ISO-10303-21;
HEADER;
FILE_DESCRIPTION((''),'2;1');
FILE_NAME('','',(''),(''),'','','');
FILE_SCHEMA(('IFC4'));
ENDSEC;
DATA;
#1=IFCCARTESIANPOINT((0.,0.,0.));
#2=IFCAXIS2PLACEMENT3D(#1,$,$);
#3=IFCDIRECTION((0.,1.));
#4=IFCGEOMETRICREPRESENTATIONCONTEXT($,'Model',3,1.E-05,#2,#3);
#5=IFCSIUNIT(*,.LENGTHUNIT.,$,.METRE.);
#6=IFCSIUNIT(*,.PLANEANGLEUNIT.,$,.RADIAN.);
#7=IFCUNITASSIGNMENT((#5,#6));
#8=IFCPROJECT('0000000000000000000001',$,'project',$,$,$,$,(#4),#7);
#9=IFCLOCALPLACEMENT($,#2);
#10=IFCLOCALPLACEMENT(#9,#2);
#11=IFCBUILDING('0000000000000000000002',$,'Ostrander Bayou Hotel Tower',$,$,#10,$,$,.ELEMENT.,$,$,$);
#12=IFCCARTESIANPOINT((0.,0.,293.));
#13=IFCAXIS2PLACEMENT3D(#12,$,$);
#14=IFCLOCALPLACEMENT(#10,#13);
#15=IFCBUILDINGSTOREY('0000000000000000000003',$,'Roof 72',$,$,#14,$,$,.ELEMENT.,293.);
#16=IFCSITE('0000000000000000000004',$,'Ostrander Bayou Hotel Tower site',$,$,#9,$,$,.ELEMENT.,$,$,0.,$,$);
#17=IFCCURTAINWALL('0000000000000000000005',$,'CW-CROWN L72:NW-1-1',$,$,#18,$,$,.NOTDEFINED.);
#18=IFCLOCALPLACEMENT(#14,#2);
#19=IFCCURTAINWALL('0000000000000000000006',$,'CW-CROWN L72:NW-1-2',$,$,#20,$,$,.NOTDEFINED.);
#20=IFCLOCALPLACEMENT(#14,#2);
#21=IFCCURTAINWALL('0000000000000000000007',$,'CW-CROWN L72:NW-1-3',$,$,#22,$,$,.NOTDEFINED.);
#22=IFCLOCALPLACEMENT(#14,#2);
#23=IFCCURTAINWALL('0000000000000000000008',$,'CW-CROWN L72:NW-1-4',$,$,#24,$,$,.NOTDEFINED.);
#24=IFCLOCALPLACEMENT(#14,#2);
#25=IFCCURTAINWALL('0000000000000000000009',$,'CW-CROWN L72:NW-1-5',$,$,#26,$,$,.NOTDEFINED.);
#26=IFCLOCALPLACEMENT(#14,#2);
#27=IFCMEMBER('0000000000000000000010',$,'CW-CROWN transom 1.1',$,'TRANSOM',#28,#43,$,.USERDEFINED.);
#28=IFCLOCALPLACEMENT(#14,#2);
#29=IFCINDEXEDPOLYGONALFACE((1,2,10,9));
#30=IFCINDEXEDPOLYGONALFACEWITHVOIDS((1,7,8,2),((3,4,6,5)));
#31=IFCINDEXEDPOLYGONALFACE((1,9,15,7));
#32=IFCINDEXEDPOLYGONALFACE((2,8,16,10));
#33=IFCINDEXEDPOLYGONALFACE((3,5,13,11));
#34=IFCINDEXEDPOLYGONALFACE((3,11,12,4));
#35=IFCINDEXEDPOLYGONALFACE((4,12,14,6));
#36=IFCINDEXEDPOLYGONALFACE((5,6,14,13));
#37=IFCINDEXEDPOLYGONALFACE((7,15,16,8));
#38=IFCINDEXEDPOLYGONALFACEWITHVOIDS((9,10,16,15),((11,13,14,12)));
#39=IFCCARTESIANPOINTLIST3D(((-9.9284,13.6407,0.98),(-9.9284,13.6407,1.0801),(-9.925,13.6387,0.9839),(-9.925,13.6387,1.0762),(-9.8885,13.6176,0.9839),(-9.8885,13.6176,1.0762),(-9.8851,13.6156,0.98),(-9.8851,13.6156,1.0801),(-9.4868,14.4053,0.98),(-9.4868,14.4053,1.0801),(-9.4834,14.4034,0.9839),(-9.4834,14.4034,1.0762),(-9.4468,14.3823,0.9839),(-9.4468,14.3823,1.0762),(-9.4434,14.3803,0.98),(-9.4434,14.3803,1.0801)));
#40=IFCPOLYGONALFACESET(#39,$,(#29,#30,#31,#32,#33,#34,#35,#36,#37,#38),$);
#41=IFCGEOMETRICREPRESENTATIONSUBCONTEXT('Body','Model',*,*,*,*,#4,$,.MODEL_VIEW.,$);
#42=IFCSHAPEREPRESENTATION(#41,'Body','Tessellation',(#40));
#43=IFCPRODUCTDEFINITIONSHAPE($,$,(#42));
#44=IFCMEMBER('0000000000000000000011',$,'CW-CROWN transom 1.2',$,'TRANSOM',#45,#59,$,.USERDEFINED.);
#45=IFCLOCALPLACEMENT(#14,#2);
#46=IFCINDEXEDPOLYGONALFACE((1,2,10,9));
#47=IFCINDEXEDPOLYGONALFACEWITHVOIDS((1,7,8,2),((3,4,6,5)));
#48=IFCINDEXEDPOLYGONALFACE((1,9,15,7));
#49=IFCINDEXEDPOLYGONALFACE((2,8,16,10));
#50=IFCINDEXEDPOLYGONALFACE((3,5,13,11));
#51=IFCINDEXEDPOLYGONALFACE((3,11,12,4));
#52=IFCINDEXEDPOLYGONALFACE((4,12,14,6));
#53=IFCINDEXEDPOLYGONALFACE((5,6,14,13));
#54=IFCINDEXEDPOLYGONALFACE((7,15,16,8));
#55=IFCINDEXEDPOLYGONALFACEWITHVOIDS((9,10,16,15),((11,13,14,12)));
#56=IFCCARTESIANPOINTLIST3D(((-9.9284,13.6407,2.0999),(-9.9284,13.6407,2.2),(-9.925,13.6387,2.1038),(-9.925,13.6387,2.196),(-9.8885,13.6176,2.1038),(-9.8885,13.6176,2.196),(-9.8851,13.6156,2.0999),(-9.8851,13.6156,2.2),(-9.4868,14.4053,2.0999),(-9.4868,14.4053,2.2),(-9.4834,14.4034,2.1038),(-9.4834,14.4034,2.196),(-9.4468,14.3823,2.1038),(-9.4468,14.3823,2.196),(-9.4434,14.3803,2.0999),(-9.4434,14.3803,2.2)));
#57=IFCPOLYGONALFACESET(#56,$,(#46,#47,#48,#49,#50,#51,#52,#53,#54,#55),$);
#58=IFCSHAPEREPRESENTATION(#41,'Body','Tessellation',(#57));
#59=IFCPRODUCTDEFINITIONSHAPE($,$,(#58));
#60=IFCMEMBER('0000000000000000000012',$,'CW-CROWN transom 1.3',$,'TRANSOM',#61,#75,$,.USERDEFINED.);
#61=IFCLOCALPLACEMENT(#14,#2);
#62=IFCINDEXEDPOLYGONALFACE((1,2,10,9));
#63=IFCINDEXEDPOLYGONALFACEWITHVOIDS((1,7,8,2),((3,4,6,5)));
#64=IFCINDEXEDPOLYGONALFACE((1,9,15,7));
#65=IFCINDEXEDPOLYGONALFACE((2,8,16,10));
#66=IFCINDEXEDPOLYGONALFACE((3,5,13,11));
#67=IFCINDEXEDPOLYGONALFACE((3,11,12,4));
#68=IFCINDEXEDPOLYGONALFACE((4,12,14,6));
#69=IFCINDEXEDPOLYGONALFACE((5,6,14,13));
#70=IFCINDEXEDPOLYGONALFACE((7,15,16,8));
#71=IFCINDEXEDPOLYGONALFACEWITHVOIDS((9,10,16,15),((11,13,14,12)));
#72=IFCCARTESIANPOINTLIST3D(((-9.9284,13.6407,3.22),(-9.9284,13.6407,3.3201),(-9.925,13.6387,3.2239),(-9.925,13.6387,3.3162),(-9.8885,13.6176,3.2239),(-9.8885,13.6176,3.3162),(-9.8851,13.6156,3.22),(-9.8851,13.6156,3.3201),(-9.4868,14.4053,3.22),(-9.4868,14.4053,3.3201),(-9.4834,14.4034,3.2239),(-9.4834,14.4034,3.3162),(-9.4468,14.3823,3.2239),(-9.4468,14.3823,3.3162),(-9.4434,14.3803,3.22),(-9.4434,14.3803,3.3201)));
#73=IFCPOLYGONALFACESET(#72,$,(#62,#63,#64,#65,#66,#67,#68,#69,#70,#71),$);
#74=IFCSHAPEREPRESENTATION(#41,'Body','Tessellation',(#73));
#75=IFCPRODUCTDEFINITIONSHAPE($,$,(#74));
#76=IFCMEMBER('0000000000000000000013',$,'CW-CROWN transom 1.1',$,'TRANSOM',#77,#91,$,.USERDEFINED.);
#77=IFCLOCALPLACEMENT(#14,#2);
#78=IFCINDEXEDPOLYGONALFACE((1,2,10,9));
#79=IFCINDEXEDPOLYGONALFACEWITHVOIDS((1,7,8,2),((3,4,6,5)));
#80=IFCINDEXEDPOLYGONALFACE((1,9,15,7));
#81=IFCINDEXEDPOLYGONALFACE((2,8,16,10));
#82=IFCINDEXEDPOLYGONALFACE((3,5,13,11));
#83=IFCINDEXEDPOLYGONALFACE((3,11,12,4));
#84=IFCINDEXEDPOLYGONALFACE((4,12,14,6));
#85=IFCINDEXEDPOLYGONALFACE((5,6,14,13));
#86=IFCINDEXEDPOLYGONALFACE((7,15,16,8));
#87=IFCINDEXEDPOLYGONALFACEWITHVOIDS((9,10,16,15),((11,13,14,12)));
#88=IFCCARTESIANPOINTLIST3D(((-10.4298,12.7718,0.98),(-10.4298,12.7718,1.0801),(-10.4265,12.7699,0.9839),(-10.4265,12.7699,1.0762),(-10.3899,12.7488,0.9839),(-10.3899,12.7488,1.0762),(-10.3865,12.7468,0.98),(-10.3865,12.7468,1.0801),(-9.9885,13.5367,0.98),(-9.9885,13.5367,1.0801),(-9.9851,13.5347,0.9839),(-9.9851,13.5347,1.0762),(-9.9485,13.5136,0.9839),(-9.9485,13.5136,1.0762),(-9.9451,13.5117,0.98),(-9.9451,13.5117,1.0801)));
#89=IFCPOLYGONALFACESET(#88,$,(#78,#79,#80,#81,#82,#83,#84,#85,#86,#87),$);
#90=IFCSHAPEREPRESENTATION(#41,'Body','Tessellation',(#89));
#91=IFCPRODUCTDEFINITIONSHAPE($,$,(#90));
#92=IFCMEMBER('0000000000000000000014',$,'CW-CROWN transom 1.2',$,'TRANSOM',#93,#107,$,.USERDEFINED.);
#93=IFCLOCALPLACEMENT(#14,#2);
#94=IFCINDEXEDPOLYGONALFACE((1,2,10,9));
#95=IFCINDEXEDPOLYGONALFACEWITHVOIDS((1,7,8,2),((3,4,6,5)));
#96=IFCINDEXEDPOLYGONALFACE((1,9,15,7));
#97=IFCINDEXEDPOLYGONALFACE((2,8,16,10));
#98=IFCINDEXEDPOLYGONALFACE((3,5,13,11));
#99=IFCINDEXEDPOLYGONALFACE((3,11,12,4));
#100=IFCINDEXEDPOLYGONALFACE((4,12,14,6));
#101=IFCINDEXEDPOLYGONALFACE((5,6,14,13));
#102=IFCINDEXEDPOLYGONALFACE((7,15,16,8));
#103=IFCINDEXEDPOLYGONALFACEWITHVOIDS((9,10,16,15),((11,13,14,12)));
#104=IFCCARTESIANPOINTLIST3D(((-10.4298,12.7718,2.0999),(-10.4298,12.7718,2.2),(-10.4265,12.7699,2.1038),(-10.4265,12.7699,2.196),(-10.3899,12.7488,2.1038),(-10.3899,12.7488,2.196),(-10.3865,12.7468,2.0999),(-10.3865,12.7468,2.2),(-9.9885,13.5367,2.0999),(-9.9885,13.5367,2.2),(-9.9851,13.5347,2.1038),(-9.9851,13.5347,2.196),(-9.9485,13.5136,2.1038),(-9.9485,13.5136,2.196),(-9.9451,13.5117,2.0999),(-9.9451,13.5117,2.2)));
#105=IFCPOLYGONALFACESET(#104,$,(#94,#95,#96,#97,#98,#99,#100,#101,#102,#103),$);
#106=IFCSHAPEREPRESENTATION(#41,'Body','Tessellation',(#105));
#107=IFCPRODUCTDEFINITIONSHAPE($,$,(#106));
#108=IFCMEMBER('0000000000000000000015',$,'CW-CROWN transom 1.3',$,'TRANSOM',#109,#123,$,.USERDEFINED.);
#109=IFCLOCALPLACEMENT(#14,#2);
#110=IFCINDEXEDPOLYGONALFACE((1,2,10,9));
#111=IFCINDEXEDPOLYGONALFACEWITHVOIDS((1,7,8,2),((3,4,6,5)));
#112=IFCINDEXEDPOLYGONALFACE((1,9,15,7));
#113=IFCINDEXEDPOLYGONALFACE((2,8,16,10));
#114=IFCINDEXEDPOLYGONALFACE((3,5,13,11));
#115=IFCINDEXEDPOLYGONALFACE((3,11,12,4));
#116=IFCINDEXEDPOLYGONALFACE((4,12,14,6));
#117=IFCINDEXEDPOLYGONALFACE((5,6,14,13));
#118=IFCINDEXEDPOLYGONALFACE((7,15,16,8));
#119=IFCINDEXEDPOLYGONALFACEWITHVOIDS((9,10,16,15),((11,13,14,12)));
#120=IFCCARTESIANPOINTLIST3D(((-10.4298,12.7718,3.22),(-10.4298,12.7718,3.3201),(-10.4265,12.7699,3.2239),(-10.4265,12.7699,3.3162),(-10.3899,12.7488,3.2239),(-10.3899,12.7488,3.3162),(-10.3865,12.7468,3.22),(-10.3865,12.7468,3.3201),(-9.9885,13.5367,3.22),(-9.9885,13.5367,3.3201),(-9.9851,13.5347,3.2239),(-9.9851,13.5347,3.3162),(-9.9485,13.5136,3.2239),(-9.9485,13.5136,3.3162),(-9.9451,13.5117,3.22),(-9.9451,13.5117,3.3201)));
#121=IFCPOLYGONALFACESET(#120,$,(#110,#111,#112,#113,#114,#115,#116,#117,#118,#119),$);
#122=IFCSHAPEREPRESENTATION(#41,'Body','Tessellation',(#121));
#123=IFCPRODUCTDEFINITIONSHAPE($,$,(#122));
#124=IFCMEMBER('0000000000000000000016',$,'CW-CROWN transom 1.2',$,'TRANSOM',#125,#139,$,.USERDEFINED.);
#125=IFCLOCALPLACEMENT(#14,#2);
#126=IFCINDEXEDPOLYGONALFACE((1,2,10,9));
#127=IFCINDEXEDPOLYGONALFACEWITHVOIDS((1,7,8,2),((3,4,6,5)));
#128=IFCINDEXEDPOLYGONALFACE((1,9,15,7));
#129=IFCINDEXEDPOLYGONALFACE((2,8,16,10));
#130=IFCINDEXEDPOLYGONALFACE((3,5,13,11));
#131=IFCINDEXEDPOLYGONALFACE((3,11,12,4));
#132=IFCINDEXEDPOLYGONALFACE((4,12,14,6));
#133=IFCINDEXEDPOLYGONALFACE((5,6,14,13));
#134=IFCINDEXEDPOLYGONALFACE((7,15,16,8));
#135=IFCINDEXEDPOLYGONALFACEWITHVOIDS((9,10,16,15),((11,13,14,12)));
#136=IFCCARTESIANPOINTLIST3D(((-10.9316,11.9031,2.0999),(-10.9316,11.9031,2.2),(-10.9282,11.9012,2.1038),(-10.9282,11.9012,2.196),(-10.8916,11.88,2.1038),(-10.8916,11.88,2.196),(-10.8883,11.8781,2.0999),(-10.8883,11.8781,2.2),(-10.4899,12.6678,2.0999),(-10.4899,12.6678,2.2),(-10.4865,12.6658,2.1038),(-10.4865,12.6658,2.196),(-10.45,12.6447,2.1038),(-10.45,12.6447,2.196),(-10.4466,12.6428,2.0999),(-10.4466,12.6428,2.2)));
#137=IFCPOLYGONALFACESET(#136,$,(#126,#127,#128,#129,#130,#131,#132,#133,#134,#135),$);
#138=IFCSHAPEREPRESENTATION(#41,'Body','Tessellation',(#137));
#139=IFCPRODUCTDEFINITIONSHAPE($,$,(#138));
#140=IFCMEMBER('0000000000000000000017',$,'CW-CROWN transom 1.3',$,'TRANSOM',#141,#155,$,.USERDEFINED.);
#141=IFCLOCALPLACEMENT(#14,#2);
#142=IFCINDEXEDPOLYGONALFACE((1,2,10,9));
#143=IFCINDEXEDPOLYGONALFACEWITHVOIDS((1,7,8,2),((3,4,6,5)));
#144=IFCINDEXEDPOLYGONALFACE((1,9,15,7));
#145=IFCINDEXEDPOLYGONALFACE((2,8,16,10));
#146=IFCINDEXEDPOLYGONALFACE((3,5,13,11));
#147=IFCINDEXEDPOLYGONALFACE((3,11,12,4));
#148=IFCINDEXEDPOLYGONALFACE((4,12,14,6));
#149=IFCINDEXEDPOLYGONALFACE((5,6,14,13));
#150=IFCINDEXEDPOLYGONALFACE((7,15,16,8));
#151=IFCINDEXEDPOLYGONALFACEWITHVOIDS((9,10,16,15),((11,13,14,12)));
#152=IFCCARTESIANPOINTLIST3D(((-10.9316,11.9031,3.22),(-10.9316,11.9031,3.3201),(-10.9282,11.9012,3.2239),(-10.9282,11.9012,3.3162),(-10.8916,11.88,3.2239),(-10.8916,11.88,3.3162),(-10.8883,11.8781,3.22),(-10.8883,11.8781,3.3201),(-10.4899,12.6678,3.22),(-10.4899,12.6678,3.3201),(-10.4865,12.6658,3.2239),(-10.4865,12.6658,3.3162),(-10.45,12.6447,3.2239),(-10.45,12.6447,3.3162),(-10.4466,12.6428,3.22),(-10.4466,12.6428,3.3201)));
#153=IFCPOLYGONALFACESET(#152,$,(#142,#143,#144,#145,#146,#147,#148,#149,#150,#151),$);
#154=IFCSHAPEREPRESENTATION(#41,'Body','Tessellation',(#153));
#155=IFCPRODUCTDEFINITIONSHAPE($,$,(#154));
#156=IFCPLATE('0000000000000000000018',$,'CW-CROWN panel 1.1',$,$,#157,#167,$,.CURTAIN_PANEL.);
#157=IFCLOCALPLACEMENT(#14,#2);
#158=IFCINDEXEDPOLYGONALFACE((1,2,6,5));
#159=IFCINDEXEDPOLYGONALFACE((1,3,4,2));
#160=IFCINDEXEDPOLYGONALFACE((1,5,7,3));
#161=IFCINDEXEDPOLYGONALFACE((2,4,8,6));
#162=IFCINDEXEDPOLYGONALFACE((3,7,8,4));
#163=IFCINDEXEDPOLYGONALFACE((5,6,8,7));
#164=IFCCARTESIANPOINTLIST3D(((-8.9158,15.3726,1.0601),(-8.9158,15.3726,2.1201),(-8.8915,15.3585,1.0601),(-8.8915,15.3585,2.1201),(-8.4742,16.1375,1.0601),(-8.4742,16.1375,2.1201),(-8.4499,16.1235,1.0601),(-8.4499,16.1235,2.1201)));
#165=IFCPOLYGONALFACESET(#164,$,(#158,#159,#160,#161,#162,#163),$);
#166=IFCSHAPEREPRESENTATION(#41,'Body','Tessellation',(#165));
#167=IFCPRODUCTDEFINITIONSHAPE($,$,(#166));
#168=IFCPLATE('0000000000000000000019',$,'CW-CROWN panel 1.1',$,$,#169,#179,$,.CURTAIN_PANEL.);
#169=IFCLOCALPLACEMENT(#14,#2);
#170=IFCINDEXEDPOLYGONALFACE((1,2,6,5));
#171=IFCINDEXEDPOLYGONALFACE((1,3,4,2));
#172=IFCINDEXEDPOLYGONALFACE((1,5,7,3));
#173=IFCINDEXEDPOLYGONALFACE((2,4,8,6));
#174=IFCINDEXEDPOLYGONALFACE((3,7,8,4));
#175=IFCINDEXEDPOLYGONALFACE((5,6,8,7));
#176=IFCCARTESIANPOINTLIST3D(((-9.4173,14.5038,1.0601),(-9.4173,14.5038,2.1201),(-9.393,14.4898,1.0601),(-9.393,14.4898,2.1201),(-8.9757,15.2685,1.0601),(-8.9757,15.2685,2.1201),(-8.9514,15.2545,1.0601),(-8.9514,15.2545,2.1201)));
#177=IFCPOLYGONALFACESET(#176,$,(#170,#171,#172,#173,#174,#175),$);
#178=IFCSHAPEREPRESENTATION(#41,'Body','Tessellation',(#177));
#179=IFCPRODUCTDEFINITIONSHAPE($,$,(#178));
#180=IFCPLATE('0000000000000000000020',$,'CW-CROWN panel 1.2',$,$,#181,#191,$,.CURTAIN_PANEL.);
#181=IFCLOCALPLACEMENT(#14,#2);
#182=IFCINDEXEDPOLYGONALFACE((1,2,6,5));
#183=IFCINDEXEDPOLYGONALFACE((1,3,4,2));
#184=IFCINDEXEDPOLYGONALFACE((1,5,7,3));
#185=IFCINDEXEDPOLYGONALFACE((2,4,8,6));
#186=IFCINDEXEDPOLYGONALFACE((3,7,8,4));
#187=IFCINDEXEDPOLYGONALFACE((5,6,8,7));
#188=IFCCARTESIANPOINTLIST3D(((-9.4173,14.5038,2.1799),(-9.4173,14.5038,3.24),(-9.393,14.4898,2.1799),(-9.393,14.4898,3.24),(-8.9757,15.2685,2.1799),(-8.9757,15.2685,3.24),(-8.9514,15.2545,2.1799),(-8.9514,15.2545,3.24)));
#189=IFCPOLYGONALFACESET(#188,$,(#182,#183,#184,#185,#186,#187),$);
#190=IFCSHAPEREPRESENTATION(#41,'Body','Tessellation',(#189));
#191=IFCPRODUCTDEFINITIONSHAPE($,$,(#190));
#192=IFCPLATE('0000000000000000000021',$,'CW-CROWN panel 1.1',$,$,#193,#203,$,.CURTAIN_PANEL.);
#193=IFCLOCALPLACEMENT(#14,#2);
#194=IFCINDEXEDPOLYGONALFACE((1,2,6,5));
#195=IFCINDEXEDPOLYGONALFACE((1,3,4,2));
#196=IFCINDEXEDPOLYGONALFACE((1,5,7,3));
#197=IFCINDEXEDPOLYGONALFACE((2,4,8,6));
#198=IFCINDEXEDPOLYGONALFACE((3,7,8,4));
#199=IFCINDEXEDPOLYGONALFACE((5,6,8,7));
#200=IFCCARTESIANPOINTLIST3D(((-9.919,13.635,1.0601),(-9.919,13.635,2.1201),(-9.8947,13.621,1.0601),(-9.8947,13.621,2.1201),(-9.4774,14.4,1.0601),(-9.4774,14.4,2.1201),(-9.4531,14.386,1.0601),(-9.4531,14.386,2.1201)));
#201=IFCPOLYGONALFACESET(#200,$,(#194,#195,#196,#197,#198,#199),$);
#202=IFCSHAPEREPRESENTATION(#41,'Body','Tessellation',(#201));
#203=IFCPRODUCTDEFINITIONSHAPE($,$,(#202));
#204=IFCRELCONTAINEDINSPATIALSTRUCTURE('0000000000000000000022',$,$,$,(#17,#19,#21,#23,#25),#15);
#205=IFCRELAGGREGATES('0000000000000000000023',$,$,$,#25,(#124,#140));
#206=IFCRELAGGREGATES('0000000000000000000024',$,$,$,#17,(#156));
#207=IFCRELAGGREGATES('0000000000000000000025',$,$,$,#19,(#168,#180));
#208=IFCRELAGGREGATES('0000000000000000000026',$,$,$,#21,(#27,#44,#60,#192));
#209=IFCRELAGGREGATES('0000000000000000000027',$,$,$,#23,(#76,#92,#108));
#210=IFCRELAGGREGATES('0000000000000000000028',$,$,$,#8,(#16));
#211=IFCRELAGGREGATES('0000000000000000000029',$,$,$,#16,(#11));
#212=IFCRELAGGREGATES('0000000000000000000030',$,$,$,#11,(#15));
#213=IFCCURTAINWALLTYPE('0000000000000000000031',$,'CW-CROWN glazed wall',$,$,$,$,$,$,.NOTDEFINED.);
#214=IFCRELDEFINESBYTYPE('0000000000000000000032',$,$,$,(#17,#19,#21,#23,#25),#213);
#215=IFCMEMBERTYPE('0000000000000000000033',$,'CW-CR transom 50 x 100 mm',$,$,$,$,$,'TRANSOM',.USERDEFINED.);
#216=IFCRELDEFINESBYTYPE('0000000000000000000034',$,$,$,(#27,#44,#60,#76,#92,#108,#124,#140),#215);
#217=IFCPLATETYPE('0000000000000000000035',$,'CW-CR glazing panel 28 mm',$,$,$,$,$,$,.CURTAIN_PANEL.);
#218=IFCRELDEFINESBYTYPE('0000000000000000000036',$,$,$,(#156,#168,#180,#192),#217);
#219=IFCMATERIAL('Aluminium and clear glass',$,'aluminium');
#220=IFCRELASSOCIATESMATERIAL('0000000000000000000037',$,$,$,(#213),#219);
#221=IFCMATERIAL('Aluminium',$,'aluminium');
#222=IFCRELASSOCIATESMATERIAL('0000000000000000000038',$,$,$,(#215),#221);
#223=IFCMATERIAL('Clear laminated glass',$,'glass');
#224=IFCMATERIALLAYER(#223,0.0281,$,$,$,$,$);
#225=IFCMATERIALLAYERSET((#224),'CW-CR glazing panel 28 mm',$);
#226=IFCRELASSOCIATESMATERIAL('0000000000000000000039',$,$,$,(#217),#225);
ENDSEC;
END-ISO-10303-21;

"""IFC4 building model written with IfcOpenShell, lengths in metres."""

from ifc_helpers import new_model, si_unit, direction, frame, origin, origin_2d, place, context, subcontext, project, spatial, rectangle, hollow_rectangle, extrude, material, layer, layer_set, material_profile, profile_set, type_object, element, aggregate, save


model = new_model("IFC4")

# Units and contexts
model_context = context("Model", 3, precision=1e-05, world=origin(), true_north=direction((0.0, 1.0)))
body_context = subcontext(model_context, "Body", "Model", "MODEL_VIEW")
ifc_project = project(units=[si_unit("LENGTHUNIT", "METRE"), si_unit("PLANEANGLEUNIT", "RADIAN")], contexts=[model_context])

# Site, building, storey
site_placement = place(None, origin())
site = spatial("IfcSite", under=ifc_project, at=site_placement, Name="Ostrander Bayou Hotel Tower site", CompositionType="ELEMENT", RefElevation=0.0)
building_placement = place(site_placement, origin())
building = spatial("IfcBuilding", under=site, at=building_placement, Name="Ostrander Bayou Hotel Tower", CompositionType="ELEMENT")
storey_placement = place(building_placement, frame((0.0, 0.0, 293.0)))
storey = spatial("IfcBuildingStorey", under=building, at=storey_placement, Name="Roof 72", CompositionType="ELEMENT", Elevation=293.0)

# Curtain wall
ifc_material_1 = material(Name="Aluminium and clear glass", Category="aluminium")
curtain_wall_type = type_object("IfcCurtainWallType", Name="CW-CROWN glazed wall", PredefinedType="NOTDEFINED", material=ifc_material_1)
curtain_wall_1_placement = place(storey_placement, origin())
curtain_wall_1 = element("IfcCurtainWall", 1, at=curtain_wall_1_placement, inside=storey, type_object=curtain_wall_type, Name="CW-CROWN L72:NW-1-1", PredefinedType="NOTDEFINED")

# Curtain walls
curtain_wall_2_placement = place(storey_placement, origin())
curtain_wall_2 = element("IfcCurtainWall", 2, at=curtain_wall_2_placement, inside=storey, type_object=curtain_wall_type, Name="CW-CROWN L72:NW-1-2", PredefinedType="NOTDEFINED")
curtain_wall_3_placement = place(storey_placement, origin())
curtain_wall_3 = element("IfcCurtainWall", 3, at=curtain_wall_3_placement, inside=storey, type_object=curtain_wall_type, Name="CW-CROWN L72:NW-1-3", PredefinedType="NOTDEFINED")
curtain_wall_4_placement = place(storey_placement, origin())
curtain_wall_4 = element("IfcCurtainWall", 4, at=curtain_wall_4_placement, inside=storey, type_object=curtain_wall_type, Name="CW-CROWN L72:NW-1-4", PredefinedType="NOTDEFINED")

# Curtain wall
curtain_wall_5_placement = place(storey_placement, origin())
curtain_wall_5 = element("IfcCurtainWall", 5, at=curtain_wall_5_placement, inside=storey, type_object=curtain_wall_type, Name="CW-CROWN L72:NW-1-5", PredefinedType="NOTDEFINED")

# Members
ifc_material_2 = material(Name="Aluminium", Category="aluminium")
ifc_material_profile_1 = material_profile(ifc_material_2, hollow_rectangle(XDim=0.05, YDim=0.1001, WallThickness=0.0039, at=origin_2d()))
ifc_profile_set_1 = profile_set([ifc_material_profile_1], Name="Aluminium")
member_type_1 = type_object("IfcMemberType", Name="CW-CR transom 50 x 100 mm", ElementType="TRANSOM", PredefinedType="USERDEFINED", material=ifc_profile_set_1)
member_1_placement = place(storey_placement, frame((-9.4651, 14.3928, 1.03), z_axis=(-0.500153, -0.865937, 0.0), x_axis=(0.865937, -0.500153, 0.0)))
member_1 = element("IfcMember", 6, at=member_1_placement, type_object=member_type_1, Name="CW-CROWN transom 1.1", ObjectType="TRANSOM", PredefinedType="USERDEFINED", context=body_context, shape_type="SweptSolid", body=[
    extrude(hollow_rectangle(XDim=0.05, YDim=0.1001, WallThickness=0.0039, at=origin_2d()), origin(), (0.0, 0.0, 1.0), 0.8831),
])
member_2_placement = place(storey_placement, frame((-9.4651, 14.3928, 2.1499), z_axis=(-0.500153, -0.865937, 0.0), x_axis=(0.865937, -0.500153, 0.0)))
member_2 = element("IfcMember", 7, at=member_2_placement, type_object=member_type_1, Name="CW-CROWN transom 1.2", ObjectType="TRANSOM", PredefinedType="USERDEFINED", context=body_context, shape_type="SweptSolid", body=[
    extrude(hollow_rectangle(XDim=0.05, YDim=0.1001, WallThickness=0.0039, at=origin_2d()), origin(), (0.0, 0.0, 1.0), 0.8831),
])
member_3_placement = place(storey_placement, frame((-9.4651, 14.3928, 3.27), z_axis=(-0.500153, -0.865937, 0.0), x_axis=(0.865937, -0.500153, 0.0)))
member_3 = element("IfcMember", 8, at=member_3_placement, type_object=member_type_1, Name="CW-CROWN transom 1.3", ObjectType="TRANSOM", PredefinedType="USERDEFINED", context=body_context, shape_type="SweptSolid", body=[
    extrude(hollow_rectangle(XDim=0.05, YDim=0.1001, WallThickness=0.0039, at=origin_2d()), origin(), (0.0, 0.0, 1.0), 0.8831),
])
member_4_placement = place(storey_placement, frame((-9.9668, 13.5242, 1.03), z_axis=(-0.499826, -0.866126, 0.0), x_axis=(0.866126, -0.499826, 0.0)))
member_4 = element("IfcMember", 9, at=member_4_placement, type_object=member_type_1, Name="CW-CROWN transom 1.1", ObjectType="TRANSOM", PredefinedType="USERDEFINED", context=body_context, shape_type="SweptSolid", body=[
    extrude(hollow_rectangle(XDim=0.05, YDim=0.1001, WallThickness=0.0039, at=origin_2d()), origin(), (0.0, 0.0, 1.0), 0.8831),
])
member_5_placement = place(storey_placement, frame((-9.9668, 13.5242, 2.1499), z_axis=(-0.499826, -0.866126, 0.0), x_axis=(0.866126, -0.499826, 0.0)))
member_5 = element("IfcMember", 10, at=member_5_placement, type_object=member_type_1, Name="CW-CROWN transom 1.2", ObjectType="TRANSOM", PredefinedType="USERDEFINED", context=body_context, shape_type="SweptSolid", body=[
    extrude(hollow_rectangle(XDim=0.05, YDim=0.1001, WallThickness=0.0039, at=origin_2d()), origin(), (0.0, 0.0, 1.0), 0.8831),
])
member_6_placement = place(storey_placement, frame((-9.9668, 13.5242, 3.27), z_axis=(-0.499826, -0.866126, 0.0), x_axis=(0.866126, -0.499826, 0.0)))
member_6 = element("IfcMember", 11, at=member_6_placement, type_object=member_type_1, Name="CW-CROWN transom 1.3", ObjectType="TRANSOM", PredefinedType="USERDEFINED", context=body_context, shape_type="SweptSolid", body=[
    extrude(hollow_rectangle(XDim=0.05, YDim=0.1001, WallThickness=0.0039, at=origin_2d()), origin(), (0.0, 0.0, 1.0), 0.8831),
])
member_7_placement = place(storey_placement, frame((-10.4683, 12.6553, 2.1499), z_axis=(-0.500153, -0.865937, 0.0), x_axis=(0.865937, -0.500153, 0.0)))
member_7 = element("IfcMember", 12, at=member_7_placement, type_object=member_type_1, Name="CW-CROWN transom 1.2", ObjectType="TRANSOM", PredefinedType="USERDEFINED", context=body_context, shape_type="SweptSolid", body=[
    extrude(hollow_rectangle(XDim=0.05, YDim=0.1001, WallThickness=0.0039, at=origin_2d()), origin(), (0.0, 0.0, 1.0), 0.8831),
])
member_8_placement = place(storey_placement, frame((-10.4683, 12.6553, 3.27), z_axis=(-0.500153, -0.865937, 0.0), x_axis=(0.865937, -0.500153, 0.0)))
member_8 = element("IfcMember", 13, at=member_8_placement, type_object=member_type_1, Name="CW-CROWN transom 1.3", ObjectType="TRANSOM", PredefinedType="USERDEFINED", context=body_context, shape_type="SweptSolid", body=[
    extrude(hollow_rectangle(XDim=0.05, YDim=0.1001, WallThickness=0.0039, at=origin_2d()), origin(), (0.0, 0.0, 1.0), 0.8831),
])
aggregate(curtain_wall_5, [member_7, member_8])

# Plates
ifc_material_3 = material(Name="Clear laminated glass", Category="glass")
ifc_layer_1 = layer(ifc_material_3, 0.0281)
ifc_layer_set_1 = layer_set([ifc_layer_1], Name="CW-CR glazing panel 28 mm")
plate_type = type_object("IfcPlateType", Name="CW-CR glazing panel 28 mm", PredefinedType="CURTAIN_PANEL", material=ifc_layer_set_1)
plate_1_placement = place(storey_placement, frame((-8.6829, 15.748, 1.0601), z_axis=(0.0, 0.0, 1.0), x_axis=(-0.499999, -0.866026, 0.0)))
plate_1 = element("IfcPlate", 14, at=plate_1_placement, type_object=plate_type, Name="CW-CROWN panel 1.1", PredefinedType="CURTAIN_PANEL", context=body_context, shape_type="SweptSolid", body=[
    extrude(rectangle(XDim=0.8833, YDim=0.0281, at=origin_2d()), origin(), (0.0, 0.0, 1.0), 1.0601),
])
aggregate(curtain_wall_1, [plate_1])
plate_2_placement = place(storey_placement, frame((-9.1843, 14.8792, 1.0601), z_axis=(0.0, 0.0, 1.0), x_axis=(-0.500042, -0.866001, 0.0)))
plate_2 = element("IfcPlate", 15, at=plate_2_placement, type_object=plate_type, Name="CW-CROWN panel 1.1", PredefinedType="CURTAIN_PANEL", context=body_context, shape_type="SweptSolid", body=[
    extrude(rectangle(XDim=0.8831, YDim=0.0281, at=origin_2d()), origin(), (0.0, 0.0, 1.0), 1.0601),
])
plate_3_placement = place(storey_placement, frame((-9.1843, 14.8792, 2.1799), z_axis=(0.0, 0.0, 1.0), x_axis=(-0.500042, -0.866001, 0.0)))
plate_3 = element("IfcPlate", 16, at=plate_3_placement, type_object=plate_type, Name="CW-CROWN panel 1.2", PredefinedType="CURTAIN_PANEL", context=body_context, shape_type="SweptSolid", body=[
    extrude(rectangle(XDim=0.8831, YDim=0.0281, at=origin_2d()), origin(), (0.0, 0.0, 1.0), 1.0601),
])
aggregate(curtain_wall_2, [plate_2, plate_3])
plate_4_placement = place(storey_placement, frame((-9.686, 14.0105, 1.0601), z_axis=(0.0, 0.0, 1.0), x_axis=(-0.499999, -0.866026, 0.0)))
plate_4 = element("IfcPlate", 17, at=plate_4_placement, type_object=plate_type, Name="CW-CROWN panel 1.1", PredefinedType="CURTAIN_PANEL", context=body_context, shape_type="SweptSolid", body=[
    extrude(rectangle(XDim=0.8833, YDim=0.0281, at=origin_2d()), origin(), (0.0, 0.0, 1.0), 1.0601),
])
aggregate(curtain_wall_3, [member_1, member_2, member_3, plate_4])
aggregate(curtain_wall_4, [member_4, member_5, member_6])

save(model, "model.ifc")
